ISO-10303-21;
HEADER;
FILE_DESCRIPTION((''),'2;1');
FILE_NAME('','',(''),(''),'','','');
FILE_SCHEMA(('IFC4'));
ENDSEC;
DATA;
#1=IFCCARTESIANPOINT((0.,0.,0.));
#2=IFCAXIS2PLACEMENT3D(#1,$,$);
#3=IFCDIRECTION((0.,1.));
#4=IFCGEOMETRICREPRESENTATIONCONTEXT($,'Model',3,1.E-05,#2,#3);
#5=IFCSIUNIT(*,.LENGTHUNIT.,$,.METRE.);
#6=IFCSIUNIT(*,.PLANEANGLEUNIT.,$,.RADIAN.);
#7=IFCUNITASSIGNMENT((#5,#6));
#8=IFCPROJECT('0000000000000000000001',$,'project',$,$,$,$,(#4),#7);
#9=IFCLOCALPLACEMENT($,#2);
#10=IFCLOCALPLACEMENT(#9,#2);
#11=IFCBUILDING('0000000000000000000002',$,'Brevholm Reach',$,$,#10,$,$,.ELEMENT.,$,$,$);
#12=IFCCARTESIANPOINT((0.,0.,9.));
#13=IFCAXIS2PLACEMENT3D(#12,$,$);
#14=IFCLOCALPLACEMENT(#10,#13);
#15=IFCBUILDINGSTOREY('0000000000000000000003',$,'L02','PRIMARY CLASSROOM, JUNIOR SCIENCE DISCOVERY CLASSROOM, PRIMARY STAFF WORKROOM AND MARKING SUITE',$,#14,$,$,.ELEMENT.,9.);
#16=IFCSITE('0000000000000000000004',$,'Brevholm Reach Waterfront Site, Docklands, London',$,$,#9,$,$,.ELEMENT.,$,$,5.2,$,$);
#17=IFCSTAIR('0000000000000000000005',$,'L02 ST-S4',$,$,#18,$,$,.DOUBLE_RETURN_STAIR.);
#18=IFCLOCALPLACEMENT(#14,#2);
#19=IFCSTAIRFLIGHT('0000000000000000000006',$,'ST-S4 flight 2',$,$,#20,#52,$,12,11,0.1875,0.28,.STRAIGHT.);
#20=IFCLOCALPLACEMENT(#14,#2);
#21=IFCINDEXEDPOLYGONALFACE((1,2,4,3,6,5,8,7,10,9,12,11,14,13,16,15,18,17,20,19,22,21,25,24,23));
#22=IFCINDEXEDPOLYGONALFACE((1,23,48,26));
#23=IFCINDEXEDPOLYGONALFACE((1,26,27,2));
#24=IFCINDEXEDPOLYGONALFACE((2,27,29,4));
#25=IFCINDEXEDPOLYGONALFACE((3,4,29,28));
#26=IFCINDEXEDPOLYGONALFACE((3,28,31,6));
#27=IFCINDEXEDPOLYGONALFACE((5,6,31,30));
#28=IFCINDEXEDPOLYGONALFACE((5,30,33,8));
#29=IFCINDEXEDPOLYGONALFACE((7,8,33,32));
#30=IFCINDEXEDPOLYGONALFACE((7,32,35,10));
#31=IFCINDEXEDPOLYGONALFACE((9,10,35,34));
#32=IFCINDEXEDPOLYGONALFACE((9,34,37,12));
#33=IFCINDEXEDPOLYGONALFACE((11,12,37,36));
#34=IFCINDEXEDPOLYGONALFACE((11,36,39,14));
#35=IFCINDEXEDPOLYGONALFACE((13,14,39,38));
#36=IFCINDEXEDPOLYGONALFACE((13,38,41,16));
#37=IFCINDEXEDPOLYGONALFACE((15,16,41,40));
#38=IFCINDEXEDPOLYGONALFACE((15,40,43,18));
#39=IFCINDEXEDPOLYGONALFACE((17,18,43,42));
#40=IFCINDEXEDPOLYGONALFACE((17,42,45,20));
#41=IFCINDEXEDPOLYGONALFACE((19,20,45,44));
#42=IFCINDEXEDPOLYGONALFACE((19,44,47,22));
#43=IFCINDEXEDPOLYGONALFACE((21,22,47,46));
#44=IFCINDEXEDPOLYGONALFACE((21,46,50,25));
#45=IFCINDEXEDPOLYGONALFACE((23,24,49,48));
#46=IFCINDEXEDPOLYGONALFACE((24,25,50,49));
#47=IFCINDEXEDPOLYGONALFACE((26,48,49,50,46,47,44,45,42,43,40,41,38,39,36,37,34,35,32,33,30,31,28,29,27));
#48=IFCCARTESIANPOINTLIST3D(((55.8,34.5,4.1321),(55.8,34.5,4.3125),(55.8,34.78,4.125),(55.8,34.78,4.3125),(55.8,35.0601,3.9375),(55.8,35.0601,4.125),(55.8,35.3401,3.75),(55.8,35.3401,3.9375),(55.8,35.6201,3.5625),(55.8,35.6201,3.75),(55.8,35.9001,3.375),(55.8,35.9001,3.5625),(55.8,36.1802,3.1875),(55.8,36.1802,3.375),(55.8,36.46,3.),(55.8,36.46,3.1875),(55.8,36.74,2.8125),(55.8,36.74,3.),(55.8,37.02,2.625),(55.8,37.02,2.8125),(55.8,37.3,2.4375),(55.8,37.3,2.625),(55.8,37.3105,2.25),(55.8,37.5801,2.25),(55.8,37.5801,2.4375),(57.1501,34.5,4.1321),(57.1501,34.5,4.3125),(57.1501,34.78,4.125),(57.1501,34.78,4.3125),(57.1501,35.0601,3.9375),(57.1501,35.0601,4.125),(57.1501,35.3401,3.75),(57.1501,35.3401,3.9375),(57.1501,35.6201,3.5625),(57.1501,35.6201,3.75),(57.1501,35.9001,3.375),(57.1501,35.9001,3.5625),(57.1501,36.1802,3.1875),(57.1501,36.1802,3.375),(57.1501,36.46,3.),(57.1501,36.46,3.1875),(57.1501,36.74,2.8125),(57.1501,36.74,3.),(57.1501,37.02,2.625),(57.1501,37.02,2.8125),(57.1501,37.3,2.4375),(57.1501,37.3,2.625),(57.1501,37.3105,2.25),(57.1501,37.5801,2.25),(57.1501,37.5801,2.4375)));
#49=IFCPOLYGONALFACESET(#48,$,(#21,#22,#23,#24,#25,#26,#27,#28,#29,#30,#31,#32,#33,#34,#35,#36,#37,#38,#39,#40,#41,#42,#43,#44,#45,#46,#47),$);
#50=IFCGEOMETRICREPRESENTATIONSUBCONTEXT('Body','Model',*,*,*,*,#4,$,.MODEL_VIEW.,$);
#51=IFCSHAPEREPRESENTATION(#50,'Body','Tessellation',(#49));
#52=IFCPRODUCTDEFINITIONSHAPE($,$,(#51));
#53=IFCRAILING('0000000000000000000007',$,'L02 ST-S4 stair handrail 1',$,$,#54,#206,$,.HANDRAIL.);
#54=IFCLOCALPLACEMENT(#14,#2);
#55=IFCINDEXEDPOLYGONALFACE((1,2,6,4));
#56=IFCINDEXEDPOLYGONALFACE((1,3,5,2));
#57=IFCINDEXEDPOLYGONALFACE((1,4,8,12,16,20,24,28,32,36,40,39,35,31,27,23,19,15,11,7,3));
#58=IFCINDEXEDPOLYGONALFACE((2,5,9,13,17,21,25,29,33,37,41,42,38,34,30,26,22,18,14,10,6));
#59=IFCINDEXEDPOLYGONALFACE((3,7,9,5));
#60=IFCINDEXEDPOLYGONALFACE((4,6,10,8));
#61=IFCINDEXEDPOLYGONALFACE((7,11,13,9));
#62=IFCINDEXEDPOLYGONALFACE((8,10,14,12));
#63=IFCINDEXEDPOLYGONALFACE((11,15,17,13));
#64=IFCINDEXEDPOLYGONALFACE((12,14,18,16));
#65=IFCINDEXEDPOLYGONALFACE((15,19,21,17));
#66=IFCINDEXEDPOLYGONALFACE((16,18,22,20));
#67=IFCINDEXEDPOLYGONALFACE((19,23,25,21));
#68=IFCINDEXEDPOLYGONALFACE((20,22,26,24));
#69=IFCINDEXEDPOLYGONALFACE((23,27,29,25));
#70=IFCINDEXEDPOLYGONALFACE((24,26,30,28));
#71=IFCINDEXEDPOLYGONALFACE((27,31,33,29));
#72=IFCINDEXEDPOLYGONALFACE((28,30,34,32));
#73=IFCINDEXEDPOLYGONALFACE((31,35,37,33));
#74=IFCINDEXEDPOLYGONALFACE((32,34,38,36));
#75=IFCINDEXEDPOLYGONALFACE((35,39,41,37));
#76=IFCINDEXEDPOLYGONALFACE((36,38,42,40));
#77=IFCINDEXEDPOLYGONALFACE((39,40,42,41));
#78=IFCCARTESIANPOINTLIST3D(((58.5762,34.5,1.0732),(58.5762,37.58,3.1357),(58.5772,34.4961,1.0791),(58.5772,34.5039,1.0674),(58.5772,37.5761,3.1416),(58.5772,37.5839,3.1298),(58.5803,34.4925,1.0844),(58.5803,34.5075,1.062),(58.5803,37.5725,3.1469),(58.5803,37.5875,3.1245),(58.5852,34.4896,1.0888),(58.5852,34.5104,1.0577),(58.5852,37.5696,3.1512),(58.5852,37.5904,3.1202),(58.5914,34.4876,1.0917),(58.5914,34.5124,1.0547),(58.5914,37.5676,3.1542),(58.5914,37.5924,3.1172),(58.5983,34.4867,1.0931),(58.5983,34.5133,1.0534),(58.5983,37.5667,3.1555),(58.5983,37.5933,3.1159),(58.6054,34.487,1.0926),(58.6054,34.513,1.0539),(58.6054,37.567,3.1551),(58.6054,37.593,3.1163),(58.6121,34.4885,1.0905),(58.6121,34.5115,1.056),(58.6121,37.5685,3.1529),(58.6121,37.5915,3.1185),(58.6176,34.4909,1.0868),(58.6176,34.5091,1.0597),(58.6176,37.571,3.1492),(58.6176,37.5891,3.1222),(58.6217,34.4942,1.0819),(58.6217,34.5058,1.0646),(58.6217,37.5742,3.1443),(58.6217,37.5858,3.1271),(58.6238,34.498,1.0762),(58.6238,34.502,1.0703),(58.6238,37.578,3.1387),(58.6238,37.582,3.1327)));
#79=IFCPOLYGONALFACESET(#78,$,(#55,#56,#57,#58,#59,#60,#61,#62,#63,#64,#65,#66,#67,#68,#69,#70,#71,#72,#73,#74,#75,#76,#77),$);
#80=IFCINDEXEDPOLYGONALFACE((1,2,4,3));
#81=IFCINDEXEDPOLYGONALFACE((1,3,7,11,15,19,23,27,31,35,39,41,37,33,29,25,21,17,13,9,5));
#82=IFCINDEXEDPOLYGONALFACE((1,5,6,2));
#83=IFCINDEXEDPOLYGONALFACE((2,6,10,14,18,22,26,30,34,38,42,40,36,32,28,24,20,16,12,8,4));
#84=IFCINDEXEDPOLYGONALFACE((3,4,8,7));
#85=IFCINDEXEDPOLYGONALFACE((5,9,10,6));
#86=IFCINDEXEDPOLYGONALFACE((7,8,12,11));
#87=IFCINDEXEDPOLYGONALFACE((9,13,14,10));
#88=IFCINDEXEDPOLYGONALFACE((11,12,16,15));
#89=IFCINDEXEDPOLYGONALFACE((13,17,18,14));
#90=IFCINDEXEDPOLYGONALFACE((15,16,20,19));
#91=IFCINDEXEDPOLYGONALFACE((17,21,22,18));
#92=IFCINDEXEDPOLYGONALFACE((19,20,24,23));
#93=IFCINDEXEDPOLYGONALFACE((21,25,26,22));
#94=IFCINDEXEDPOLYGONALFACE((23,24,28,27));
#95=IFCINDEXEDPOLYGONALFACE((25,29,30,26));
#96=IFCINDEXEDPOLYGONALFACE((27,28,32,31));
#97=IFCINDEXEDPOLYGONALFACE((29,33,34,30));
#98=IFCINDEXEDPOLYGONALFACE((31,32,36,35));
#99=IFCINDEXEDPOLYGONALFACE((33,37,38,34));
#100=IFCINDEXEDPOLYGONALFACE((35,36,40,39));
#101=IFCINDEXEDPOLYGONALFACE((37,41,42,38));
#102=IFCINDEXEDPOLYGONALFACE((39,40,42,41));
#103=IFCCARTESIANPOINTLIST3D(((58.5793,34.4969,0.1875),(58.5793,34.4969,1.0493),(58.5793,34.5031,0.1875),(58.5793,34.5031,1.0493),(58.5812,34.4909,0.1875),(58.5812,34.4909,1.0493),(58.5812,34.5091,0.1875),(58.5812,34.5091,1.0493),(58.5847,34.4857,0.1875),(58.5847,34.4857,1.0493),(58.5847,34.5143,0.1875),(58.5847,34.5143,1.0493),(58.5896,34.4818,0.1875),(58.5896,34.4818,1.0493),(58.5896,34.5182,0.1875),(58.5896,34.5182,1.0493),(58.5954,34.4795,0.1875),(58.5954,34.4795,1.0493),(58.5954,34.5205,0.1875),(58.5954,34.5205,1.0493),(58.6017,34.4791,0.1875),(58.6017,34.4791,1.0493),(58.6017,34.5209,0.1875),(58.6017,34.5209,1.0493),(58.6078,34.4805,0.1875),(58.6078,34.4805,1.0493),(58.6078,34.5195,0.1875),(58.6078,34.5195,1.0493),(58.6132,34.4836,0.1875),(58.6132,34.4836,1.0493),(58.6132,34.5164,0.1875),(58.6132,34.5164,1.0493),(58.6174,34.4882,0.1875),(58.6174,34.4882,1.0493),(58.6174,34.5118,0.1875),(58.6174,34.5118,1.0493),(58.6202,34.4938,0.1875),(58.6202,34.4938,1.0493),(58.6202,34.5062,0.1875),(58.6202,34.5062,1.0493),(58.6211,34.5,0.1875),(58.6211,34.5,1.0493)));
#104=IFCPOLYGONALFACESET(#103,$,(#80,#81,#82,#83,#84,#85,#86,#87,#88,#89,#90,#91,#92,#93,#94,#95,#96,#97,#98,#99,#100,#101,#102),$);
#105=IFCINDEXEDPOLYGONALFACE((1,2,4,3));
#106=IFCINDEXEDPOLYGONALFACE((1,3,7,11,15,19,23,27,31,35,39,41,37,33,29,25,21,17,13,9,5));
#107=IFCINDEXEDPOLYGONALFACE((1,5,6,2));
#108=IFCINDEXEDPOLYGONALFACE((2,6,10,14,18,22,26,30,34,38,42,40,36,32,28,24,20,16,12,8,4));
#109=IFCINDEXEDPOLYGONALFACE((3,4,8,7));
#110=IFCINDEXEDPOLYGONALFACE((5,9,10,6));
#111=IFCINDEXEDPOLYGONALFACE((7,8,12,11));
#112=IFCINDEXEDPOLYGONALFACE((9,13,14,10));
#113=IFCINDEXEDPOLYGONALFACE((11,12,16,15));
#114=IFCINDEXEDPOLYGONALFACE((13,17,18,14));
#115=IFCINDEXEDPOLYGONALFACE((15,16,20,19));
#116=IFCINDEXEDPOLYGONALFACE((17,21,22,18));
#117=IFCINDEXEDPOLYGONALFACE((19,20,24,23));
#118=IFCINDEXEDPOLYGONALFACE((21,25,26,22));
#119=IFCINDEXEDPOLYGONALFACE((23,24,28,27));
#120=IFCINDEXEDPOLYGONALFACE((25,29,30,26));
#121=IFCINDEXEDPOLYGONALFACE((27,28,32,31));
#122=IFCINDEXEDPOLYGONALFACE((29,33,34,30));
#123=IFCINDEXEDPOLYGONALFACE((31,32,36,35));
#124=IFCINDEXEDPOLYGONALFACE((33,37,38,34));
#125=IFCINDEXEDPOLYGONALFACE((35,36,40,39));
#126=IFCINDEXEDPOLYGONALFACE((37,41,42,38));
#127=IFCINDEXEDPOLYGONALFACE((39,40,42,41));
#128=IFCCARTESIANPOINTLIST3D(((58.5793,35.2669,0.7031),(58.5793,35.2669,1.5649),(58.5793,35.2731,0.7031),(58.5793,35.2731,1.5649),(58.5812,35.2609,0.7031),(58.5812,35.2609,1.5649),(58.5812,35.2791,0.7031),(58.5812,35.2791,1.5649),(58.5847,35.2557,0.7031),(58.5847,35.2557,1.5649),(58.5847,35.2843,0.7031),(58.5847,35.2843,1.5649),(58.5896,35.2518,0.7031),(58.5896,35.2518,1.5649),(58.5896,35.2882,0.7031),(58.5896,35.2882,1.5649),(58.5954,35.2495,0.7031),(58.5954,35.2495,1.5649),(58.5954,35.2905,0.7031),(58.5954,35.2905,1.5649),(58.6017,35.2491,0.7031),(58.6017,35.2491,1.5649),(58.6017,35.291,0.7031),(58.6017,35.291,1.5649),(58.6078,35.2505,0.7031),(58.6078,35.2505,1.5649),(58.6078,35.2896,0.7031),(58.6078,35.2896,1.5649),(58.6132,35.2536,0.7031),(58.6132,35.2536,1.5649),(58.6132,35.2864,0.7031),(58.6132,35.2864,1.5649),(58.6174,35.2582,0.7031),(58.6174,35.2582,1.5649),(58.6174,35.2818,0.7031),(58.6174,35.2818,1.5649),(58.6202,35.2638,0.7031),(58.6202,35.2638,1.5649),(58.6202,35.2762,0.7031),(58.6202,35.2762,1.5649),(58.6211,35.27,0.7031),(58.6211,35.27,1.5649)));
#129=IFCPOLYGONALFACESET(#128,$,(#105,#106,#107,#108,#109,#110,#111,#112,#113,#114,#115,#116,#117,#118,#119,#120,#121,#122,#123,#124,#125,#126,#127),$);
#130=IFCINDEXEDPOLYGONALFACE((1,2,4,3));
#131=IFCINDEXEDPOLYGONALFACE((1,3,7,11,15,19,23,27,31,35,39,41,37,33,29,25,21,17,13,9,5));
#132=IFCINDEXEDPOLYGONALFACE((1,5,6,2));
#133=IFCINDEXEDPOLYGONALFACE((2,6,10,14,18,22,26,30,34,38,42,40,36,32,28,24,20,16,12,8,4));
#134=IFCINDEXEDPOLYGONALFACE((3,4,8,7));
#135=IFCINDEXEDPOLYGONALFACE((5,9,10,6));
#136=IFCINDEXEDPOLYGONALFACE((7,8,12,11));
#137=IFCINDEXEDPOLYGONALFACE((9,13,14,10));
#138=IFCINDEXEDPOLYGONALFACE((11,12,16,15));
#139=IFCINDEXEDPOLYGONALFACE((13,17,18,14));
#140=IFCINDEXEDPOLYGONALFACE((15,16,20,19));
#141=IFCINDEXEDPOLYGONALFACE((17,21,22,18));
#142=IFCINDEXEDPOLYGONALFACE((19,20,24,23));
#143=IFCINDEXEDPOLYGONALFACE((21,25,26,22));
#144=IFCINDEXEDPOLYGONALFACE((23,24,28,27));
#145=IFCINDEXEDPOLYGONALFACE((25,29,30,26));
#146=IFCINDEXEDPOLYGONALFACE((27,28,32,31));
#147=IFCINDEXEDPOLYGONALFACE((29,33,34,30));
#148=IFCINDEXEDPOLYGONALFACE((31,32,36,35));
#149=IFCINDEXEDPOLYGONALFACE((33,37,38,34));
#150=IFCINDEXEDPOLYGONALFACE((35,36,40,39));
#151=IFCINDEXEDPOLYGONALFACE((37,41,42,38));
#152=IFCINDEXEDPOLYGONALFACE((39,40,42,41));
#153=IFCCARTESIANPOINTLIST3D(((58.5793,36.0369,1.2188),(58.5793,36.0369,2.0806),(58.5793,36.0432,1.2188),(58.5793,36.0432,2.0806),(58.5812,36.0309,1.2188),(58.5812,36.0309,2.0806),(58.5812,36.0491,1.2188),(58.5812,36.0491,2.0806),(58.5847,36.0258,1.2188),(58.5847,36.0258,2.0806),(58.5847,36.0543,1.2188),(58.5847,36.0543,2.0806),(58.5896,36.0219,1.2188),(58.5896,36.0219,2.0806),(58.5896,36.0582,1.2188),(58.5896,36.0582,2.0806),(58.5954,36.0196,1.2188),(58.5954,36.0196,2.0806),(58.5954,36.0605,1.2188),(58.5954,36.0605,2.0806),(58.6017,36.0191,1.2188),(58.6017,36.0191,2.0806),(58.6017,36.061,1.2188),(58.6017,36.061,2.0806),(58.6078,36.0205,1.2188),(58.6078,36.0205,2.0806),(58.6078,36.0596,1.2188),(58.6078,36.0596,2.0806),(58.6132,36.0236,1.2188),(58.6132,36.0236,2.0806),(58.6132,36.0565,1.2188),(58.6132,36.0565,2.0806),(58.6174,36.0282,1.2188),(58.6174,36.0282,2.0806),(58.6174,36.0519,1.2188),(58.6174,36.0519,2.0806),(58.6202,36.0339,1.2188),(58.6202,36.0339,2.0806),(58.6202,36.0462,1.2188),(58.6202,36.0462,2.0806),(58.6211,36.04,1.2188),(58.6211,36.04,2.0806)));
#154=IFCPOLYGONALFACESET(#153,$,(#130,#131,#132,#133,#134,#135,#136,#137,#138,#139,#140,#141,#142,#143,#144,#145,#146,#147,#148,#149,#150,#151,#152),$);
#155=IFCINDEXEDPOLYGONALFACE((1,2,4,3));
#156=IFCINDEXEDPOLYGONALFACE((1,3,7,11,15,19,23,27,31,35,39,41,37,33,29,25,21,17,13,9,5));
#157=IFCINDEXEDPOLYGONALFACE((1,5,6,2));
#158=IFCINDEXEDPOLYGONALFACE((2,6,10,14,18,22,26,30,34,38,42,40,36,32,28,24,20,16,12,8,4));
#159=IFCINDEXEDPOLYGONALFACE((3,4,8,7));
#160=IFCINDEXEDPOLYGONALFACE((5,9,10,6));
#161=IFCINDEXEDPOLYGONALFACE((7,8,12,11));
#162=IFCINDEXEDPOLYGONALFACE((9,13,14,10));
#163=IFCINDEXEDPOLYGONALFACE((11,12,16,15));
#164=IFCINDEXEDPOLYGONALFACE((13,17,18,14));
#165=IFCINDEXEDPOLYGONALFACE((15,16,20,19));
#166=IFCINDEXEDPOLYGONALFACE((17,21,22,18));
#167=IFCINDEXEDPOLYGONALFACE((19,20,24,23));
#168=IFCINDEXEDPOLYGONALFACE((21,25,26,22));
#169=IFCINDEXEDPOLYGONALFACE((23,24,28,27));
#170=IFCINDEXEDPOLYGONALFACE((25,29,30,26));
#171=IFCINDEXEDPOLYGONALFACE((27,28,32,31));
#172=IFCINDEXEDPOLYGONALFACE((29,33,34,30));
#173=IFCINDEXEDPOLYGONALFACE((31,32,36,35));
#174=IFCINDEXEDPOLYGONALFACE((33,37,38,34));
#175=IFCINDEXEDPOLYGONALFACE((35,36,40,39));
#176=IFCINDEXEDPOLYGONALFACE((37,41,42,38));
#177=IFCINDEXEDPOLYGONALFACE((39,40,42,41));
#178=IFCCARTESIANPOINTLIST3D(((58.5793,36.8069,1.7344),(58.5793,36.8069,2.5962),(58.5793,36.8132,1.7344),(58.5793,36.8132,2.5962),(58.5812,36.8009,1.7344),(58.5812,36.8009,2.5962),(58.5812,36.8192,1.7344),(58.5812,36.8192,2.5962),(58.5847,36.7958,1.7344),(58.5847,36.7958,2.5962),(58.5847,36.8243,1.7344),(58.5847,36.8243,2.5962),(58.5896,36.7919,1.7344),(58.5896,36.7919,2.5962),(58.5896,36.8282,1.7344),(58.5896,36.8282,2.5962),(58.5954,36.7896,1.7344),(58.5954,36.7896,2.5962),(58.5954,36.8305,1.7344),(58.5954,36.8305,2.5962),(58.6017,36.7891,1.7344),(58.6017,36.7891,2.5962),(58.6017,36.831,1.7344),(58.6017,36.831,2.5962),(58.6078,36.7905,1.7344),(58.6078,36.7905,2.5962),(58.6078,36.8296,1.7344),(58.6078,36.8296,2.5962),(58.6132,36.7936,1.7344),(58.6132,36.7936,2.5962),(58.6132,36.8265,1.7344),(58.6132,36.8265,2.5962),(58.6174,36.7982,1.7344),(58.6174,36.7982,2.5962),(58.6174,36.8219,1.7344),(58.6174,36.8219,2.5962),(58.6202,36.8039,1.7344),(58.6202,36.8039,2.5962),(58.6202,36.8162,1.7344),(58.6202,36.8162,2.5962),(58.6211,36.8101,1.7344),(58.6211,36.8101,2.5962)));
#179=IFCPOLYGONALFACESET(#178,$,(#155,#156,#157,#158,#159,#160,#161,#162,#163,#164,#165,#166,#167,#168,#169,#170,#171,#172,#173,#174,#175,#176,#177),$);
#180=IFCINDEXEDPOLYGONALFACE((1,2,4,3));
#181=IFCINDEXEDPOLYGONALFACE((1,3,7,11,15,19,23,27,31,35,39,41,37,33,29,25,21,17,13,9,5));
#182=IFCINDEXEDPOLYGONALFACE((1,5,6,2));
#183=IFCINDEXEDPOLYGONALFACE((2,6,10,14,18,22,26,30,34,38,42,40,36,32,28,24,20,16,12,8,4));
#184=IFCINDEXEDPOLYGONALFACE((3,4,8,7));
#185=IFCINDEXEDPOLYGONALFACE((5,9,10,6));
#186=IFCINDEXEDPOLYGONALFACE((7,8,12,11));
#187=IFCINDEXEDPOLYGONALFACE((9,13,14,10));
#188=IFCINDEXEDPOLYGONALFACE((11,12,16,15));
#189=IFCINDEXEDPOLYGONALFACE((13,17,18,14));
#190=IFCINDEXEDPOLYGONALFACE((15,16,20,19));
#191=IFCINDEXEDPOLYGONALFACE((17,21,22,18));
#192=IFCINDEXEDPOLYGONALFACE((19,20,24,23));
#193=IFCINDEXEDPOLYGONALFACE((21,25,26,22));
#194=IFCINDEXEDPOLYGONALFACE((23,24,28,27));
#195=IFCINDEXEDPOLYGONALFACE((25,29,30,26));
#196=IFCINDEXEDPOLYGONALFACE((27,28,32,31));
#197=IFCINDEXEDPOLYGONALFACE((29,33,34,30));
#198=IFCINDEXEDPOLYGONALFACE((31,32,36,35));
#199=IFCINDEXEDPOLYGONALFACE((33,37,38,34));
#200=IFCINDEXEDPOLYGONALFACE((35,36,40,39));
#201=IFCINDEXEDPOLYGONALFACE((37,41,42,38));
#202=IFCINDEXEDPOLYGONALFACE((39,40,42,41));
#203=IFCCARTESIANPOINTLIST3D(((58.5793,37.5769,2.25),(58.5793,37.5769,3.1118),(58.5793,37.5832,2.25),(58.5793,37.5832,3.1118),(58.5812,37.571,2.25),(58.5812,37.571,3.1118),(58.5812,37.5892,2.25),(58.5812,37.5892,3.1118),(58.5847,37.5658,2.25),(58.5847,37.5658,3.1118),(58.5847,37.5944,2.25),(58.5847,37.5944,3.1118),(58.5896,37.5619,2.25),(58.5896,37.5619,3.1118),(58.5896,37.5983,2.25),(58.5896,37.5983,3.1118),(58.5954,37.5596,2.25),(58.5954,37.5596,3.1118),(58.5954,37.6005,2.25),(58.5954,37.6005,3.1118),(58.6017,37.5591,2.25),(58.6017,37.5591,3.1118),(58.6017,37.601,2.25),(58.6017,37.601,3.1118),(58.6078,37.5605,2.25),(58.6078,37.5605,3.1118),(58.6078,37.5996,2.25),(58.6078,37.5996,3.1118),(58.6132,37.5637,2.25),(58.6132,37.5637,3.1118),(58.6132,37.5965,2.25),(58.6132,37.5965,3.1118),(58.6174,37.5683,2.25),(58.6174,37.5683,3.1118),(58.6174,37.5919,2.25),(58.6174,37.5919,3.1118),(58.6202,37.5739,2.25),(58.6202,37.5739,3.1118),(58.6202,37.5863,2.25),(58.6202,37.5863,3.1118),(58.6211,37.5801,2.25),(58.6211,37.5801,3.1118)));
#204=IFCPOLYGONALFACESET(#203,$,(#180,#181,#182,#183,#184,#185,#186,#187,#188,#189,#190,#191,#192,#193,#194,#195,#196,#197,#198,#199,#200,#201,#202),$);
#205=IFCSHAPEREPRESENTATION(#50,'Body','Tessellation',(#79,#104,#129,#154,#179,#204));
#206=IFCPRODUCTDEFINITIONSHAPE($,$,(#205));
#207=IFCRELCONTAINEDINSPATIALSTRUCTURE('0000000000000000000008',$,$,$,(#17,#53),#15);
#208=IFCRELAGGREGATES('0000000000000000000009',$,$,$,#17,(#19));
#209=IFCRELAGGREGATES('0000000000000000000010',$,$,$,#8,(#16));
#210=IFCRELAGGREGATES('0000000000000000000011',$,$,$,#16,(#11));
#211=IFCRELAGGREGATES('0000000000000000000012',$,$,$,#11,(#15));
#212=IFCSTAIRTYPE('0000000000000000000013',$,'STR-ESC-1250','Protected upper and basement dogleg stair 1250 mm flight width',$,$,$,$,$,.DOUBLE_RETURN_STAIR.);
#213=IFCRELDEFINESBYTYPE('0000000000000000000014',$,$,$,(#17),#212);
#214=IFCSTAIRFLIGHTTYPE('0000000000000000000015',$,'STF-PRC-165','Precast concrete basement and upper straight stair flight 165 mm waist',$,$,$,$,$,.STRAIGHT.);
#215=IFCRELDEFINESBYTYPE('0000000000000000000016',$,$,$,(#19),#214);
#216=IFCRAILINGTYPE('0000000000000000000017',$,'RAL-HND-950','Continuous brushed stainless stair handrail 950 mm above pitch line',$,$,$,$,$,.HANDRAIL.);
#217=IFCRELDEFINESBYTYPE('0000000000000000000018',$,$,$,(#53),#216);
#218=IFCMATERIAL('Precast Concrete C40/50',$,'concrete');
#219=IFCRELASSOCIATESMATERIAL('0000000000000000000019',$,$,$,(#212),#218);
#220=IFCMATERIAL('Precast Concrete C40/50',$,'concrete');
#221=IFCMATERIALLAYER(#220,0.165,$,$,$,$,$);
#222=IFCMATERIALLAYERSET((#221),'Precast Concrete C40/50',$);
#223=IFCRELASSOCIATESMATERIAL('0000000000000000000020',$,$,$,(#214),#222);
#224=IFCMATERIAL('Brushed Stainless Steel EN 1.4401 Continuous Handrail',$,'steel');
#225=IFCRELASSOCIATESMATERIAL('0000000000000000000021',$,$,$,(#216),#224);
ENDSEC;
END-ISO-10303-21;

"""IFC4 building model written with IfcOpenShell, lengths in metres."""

from ifc_helpers import new_model, si_unit, direction, frame, origin, origin_2d, place, context, subcontext, project, spatial, polyline, circle, outline, extrude, material, layer, layer_set, type_object, element, aggregate, save


model = new_model("IFC4")

# Units and contexts
model_context = context("Model", 3, precision=1e-05, world=origin(), true_north=direction((0.0, 1.0)))
body_context = subcontext(model_context, "Body", "Model", "MODEL_VIEW")
ifc_project = project(units=[si_unit("LENGTHUNIT", "METRE"), si_unit("PLANEANGLEUNIT", "RADIAN")], contexts=[model_context])

# Site, building, storey
site_placement = place(None, origin())
site = spatial("IfcSite", under=ifc_project, at=site_placement, Name="Brevholm Reach Waterfront Site, Docklands, London", CompositionType="ELEMENT", RefElevation=5.2)
building_placement = place(site_placement, origin())
building = spatial("IfcBuilding", under=site, at=building_placement, Name="Brevholm Reach", CompositionType="ELEMENT")
storey_placement = place(building_placement, frame((0.0, 0.0, 9.0)))
storey = spatial("IfcBuildingStorey", under=building, at=storey_placement, Name="L02", Description="PRIMARY CLASSROOM, JUNIOR SCIENCE DISCOVERY CLASSROOM, PRIMARY STAFF WORKROOM AND MARKING SUITE", CompositionType="ELEMENT", Elevation=9.0)

# Stair, stair flight
ifc_material_1 = material(Name="Precast Concrete C40/50", Category="concrete")
stair_type = type_object("IfcStairType", Name="STR-ESC-1250", Description="Protected upper and basement dogleg stair 1250 mm flight width", PredefinedType="DOUBLE_RETURN_STAIR", material=ifc_material_1)
stair_placement = place(storey_placement, origin())
stair = element("IfcStair", 1, at=stair_placement, inside=storey, type_object=stair_type, Name="L02 ST-S4", PredefinedType="DOUBLE_RETURN_STAIR")
ifc_material_2 = material(Name="Precast Concrete C40/50", Category="concrete")
ifc_layer_1 = layer(ifc_material_2, 0.165)
ifc_layer_set_1 = layer_set([ifc_layer_1], Name="Precast Concrete C40/50")
stair_flight_type = type_object("IfcStairFlightType", Name="STF-PRC-165", Description="Precast concrete basement and upper straight stair flight 165 mm waist", PredefinedType="STRAIGHT", material=ifc_layer_set_1)
stair_flight_1_placement = place(storey_placement, frame((56.4751, 37.5801, 2.25), z_axis=(0.0, 0.0, 1.0), x_axis=(0.0, -1.0, 0.0)))
stair_flight_1 = element("IfcStairFlight", 2, at=stair_flight_1_placement, type_object=stair_flight_type, Name="ST-S4 flight 2", NumberOfRisers=12, NumberOfTreads=11, PredefinedType="STRAIGHT", RiserHeight=0.1875, TreadLength=0.28, context=body_context, shape_type="SweptSolid", body=[
    extrude(outline(polyline([(0.0, 0.0), (0.0, 0.1875), (0.28, 0.1875), (0.28, 0.375), (0.5601, 0.375), (0.5601, 0.5625), (0.8401, 0.5625), (0.8401, 0.75), (1.1201, 0.75), (1.1201, 0.9375), (1.3999, 0.9375), (1.3999, 1.125), (1.6799, 1.125), (1.6799, 1.3125), (1.96, 1.3125), (1.96, 1.5), (2.24, 1.5), (2.24, 1.6875), (2.52, 1.6875), (2.52, 1.875), (2.8, 1.875), (2.8, 2.0625), (3.0801, 2.0625), (3.0801, 2.25), (3.0801, 1.8821), (0.2695, 0.0), (0.0, 0.0)])), frame((0.0, 0.675, 0.0), z_axis=(0.0, -1.0, 0.0), x_axis=(1.0, 0.0, 0.0)), (0.0, 0.0, 1.0), 1.3501),
])
aggregate(stair, [stair_flight_1])

# Railing
ifc_material_3 = material(Name="Brushed Stainless Steel EN 1.4401 Continuous Handrail", Category="steel")
railing_type_1 = type_object("IfcRailingType", Name="RAL-HND-950", Description="Continuous brushed stainless stair handrail 950 mm above pitch line", PredefinedType="HANDRAIL", material=ifc_material_3)
railing_1_placement = place(storey_placement, frame((58.6001, 34.5, 0.1875)))
element("IfcRailing", 3, at=railing_1_placement, inside=storey, type_object=railing_type_1, Name="L02 ST-S4 stair handrail 1", PredefinedType="HANDRAIL", context=body_context, shape_type="SweptSolid", body=[
    extrude(circle(Radius=0.0239, at=origin_2d()), frame((0.0, 0.0, 0.8857), z_axis=(0.0, 0.830914, 0.556401), x_axis=(-1.0, 0.0, 0.0)), (0.0, 0.0, 1.0), 3.7068),
    extrude(circle(Radius=0.021, at=origin_2d()), origin(), (0.0, 0.0, 1.0), 0.8618),
    extrude(circle(Radius=0.021, at=origin_2d()), frame((0.0, 0.77, 0.5156)), (0.0, 0.0, 1.0), 0.8618),
    extrude(circle(Radius=0.021, at=origin_2d()), frame((0.0, 1.54, 1.0312)), (0.0, 0.0, 1.0), 0.8618),
    extrude(circle(Radius=0.021, at=origin_2d()), frame((0.0, 2.3101, 1.5469)), (0.0, 0.0, 1.0), 0.8618),
    extrude(circle(Radius=0.021, at=origin_2d()), frame((0.0, 3.0801, 2.0625)), (0.0, 0.0, 1.0), 0.8618),
])

save(model, "model.ifc")
